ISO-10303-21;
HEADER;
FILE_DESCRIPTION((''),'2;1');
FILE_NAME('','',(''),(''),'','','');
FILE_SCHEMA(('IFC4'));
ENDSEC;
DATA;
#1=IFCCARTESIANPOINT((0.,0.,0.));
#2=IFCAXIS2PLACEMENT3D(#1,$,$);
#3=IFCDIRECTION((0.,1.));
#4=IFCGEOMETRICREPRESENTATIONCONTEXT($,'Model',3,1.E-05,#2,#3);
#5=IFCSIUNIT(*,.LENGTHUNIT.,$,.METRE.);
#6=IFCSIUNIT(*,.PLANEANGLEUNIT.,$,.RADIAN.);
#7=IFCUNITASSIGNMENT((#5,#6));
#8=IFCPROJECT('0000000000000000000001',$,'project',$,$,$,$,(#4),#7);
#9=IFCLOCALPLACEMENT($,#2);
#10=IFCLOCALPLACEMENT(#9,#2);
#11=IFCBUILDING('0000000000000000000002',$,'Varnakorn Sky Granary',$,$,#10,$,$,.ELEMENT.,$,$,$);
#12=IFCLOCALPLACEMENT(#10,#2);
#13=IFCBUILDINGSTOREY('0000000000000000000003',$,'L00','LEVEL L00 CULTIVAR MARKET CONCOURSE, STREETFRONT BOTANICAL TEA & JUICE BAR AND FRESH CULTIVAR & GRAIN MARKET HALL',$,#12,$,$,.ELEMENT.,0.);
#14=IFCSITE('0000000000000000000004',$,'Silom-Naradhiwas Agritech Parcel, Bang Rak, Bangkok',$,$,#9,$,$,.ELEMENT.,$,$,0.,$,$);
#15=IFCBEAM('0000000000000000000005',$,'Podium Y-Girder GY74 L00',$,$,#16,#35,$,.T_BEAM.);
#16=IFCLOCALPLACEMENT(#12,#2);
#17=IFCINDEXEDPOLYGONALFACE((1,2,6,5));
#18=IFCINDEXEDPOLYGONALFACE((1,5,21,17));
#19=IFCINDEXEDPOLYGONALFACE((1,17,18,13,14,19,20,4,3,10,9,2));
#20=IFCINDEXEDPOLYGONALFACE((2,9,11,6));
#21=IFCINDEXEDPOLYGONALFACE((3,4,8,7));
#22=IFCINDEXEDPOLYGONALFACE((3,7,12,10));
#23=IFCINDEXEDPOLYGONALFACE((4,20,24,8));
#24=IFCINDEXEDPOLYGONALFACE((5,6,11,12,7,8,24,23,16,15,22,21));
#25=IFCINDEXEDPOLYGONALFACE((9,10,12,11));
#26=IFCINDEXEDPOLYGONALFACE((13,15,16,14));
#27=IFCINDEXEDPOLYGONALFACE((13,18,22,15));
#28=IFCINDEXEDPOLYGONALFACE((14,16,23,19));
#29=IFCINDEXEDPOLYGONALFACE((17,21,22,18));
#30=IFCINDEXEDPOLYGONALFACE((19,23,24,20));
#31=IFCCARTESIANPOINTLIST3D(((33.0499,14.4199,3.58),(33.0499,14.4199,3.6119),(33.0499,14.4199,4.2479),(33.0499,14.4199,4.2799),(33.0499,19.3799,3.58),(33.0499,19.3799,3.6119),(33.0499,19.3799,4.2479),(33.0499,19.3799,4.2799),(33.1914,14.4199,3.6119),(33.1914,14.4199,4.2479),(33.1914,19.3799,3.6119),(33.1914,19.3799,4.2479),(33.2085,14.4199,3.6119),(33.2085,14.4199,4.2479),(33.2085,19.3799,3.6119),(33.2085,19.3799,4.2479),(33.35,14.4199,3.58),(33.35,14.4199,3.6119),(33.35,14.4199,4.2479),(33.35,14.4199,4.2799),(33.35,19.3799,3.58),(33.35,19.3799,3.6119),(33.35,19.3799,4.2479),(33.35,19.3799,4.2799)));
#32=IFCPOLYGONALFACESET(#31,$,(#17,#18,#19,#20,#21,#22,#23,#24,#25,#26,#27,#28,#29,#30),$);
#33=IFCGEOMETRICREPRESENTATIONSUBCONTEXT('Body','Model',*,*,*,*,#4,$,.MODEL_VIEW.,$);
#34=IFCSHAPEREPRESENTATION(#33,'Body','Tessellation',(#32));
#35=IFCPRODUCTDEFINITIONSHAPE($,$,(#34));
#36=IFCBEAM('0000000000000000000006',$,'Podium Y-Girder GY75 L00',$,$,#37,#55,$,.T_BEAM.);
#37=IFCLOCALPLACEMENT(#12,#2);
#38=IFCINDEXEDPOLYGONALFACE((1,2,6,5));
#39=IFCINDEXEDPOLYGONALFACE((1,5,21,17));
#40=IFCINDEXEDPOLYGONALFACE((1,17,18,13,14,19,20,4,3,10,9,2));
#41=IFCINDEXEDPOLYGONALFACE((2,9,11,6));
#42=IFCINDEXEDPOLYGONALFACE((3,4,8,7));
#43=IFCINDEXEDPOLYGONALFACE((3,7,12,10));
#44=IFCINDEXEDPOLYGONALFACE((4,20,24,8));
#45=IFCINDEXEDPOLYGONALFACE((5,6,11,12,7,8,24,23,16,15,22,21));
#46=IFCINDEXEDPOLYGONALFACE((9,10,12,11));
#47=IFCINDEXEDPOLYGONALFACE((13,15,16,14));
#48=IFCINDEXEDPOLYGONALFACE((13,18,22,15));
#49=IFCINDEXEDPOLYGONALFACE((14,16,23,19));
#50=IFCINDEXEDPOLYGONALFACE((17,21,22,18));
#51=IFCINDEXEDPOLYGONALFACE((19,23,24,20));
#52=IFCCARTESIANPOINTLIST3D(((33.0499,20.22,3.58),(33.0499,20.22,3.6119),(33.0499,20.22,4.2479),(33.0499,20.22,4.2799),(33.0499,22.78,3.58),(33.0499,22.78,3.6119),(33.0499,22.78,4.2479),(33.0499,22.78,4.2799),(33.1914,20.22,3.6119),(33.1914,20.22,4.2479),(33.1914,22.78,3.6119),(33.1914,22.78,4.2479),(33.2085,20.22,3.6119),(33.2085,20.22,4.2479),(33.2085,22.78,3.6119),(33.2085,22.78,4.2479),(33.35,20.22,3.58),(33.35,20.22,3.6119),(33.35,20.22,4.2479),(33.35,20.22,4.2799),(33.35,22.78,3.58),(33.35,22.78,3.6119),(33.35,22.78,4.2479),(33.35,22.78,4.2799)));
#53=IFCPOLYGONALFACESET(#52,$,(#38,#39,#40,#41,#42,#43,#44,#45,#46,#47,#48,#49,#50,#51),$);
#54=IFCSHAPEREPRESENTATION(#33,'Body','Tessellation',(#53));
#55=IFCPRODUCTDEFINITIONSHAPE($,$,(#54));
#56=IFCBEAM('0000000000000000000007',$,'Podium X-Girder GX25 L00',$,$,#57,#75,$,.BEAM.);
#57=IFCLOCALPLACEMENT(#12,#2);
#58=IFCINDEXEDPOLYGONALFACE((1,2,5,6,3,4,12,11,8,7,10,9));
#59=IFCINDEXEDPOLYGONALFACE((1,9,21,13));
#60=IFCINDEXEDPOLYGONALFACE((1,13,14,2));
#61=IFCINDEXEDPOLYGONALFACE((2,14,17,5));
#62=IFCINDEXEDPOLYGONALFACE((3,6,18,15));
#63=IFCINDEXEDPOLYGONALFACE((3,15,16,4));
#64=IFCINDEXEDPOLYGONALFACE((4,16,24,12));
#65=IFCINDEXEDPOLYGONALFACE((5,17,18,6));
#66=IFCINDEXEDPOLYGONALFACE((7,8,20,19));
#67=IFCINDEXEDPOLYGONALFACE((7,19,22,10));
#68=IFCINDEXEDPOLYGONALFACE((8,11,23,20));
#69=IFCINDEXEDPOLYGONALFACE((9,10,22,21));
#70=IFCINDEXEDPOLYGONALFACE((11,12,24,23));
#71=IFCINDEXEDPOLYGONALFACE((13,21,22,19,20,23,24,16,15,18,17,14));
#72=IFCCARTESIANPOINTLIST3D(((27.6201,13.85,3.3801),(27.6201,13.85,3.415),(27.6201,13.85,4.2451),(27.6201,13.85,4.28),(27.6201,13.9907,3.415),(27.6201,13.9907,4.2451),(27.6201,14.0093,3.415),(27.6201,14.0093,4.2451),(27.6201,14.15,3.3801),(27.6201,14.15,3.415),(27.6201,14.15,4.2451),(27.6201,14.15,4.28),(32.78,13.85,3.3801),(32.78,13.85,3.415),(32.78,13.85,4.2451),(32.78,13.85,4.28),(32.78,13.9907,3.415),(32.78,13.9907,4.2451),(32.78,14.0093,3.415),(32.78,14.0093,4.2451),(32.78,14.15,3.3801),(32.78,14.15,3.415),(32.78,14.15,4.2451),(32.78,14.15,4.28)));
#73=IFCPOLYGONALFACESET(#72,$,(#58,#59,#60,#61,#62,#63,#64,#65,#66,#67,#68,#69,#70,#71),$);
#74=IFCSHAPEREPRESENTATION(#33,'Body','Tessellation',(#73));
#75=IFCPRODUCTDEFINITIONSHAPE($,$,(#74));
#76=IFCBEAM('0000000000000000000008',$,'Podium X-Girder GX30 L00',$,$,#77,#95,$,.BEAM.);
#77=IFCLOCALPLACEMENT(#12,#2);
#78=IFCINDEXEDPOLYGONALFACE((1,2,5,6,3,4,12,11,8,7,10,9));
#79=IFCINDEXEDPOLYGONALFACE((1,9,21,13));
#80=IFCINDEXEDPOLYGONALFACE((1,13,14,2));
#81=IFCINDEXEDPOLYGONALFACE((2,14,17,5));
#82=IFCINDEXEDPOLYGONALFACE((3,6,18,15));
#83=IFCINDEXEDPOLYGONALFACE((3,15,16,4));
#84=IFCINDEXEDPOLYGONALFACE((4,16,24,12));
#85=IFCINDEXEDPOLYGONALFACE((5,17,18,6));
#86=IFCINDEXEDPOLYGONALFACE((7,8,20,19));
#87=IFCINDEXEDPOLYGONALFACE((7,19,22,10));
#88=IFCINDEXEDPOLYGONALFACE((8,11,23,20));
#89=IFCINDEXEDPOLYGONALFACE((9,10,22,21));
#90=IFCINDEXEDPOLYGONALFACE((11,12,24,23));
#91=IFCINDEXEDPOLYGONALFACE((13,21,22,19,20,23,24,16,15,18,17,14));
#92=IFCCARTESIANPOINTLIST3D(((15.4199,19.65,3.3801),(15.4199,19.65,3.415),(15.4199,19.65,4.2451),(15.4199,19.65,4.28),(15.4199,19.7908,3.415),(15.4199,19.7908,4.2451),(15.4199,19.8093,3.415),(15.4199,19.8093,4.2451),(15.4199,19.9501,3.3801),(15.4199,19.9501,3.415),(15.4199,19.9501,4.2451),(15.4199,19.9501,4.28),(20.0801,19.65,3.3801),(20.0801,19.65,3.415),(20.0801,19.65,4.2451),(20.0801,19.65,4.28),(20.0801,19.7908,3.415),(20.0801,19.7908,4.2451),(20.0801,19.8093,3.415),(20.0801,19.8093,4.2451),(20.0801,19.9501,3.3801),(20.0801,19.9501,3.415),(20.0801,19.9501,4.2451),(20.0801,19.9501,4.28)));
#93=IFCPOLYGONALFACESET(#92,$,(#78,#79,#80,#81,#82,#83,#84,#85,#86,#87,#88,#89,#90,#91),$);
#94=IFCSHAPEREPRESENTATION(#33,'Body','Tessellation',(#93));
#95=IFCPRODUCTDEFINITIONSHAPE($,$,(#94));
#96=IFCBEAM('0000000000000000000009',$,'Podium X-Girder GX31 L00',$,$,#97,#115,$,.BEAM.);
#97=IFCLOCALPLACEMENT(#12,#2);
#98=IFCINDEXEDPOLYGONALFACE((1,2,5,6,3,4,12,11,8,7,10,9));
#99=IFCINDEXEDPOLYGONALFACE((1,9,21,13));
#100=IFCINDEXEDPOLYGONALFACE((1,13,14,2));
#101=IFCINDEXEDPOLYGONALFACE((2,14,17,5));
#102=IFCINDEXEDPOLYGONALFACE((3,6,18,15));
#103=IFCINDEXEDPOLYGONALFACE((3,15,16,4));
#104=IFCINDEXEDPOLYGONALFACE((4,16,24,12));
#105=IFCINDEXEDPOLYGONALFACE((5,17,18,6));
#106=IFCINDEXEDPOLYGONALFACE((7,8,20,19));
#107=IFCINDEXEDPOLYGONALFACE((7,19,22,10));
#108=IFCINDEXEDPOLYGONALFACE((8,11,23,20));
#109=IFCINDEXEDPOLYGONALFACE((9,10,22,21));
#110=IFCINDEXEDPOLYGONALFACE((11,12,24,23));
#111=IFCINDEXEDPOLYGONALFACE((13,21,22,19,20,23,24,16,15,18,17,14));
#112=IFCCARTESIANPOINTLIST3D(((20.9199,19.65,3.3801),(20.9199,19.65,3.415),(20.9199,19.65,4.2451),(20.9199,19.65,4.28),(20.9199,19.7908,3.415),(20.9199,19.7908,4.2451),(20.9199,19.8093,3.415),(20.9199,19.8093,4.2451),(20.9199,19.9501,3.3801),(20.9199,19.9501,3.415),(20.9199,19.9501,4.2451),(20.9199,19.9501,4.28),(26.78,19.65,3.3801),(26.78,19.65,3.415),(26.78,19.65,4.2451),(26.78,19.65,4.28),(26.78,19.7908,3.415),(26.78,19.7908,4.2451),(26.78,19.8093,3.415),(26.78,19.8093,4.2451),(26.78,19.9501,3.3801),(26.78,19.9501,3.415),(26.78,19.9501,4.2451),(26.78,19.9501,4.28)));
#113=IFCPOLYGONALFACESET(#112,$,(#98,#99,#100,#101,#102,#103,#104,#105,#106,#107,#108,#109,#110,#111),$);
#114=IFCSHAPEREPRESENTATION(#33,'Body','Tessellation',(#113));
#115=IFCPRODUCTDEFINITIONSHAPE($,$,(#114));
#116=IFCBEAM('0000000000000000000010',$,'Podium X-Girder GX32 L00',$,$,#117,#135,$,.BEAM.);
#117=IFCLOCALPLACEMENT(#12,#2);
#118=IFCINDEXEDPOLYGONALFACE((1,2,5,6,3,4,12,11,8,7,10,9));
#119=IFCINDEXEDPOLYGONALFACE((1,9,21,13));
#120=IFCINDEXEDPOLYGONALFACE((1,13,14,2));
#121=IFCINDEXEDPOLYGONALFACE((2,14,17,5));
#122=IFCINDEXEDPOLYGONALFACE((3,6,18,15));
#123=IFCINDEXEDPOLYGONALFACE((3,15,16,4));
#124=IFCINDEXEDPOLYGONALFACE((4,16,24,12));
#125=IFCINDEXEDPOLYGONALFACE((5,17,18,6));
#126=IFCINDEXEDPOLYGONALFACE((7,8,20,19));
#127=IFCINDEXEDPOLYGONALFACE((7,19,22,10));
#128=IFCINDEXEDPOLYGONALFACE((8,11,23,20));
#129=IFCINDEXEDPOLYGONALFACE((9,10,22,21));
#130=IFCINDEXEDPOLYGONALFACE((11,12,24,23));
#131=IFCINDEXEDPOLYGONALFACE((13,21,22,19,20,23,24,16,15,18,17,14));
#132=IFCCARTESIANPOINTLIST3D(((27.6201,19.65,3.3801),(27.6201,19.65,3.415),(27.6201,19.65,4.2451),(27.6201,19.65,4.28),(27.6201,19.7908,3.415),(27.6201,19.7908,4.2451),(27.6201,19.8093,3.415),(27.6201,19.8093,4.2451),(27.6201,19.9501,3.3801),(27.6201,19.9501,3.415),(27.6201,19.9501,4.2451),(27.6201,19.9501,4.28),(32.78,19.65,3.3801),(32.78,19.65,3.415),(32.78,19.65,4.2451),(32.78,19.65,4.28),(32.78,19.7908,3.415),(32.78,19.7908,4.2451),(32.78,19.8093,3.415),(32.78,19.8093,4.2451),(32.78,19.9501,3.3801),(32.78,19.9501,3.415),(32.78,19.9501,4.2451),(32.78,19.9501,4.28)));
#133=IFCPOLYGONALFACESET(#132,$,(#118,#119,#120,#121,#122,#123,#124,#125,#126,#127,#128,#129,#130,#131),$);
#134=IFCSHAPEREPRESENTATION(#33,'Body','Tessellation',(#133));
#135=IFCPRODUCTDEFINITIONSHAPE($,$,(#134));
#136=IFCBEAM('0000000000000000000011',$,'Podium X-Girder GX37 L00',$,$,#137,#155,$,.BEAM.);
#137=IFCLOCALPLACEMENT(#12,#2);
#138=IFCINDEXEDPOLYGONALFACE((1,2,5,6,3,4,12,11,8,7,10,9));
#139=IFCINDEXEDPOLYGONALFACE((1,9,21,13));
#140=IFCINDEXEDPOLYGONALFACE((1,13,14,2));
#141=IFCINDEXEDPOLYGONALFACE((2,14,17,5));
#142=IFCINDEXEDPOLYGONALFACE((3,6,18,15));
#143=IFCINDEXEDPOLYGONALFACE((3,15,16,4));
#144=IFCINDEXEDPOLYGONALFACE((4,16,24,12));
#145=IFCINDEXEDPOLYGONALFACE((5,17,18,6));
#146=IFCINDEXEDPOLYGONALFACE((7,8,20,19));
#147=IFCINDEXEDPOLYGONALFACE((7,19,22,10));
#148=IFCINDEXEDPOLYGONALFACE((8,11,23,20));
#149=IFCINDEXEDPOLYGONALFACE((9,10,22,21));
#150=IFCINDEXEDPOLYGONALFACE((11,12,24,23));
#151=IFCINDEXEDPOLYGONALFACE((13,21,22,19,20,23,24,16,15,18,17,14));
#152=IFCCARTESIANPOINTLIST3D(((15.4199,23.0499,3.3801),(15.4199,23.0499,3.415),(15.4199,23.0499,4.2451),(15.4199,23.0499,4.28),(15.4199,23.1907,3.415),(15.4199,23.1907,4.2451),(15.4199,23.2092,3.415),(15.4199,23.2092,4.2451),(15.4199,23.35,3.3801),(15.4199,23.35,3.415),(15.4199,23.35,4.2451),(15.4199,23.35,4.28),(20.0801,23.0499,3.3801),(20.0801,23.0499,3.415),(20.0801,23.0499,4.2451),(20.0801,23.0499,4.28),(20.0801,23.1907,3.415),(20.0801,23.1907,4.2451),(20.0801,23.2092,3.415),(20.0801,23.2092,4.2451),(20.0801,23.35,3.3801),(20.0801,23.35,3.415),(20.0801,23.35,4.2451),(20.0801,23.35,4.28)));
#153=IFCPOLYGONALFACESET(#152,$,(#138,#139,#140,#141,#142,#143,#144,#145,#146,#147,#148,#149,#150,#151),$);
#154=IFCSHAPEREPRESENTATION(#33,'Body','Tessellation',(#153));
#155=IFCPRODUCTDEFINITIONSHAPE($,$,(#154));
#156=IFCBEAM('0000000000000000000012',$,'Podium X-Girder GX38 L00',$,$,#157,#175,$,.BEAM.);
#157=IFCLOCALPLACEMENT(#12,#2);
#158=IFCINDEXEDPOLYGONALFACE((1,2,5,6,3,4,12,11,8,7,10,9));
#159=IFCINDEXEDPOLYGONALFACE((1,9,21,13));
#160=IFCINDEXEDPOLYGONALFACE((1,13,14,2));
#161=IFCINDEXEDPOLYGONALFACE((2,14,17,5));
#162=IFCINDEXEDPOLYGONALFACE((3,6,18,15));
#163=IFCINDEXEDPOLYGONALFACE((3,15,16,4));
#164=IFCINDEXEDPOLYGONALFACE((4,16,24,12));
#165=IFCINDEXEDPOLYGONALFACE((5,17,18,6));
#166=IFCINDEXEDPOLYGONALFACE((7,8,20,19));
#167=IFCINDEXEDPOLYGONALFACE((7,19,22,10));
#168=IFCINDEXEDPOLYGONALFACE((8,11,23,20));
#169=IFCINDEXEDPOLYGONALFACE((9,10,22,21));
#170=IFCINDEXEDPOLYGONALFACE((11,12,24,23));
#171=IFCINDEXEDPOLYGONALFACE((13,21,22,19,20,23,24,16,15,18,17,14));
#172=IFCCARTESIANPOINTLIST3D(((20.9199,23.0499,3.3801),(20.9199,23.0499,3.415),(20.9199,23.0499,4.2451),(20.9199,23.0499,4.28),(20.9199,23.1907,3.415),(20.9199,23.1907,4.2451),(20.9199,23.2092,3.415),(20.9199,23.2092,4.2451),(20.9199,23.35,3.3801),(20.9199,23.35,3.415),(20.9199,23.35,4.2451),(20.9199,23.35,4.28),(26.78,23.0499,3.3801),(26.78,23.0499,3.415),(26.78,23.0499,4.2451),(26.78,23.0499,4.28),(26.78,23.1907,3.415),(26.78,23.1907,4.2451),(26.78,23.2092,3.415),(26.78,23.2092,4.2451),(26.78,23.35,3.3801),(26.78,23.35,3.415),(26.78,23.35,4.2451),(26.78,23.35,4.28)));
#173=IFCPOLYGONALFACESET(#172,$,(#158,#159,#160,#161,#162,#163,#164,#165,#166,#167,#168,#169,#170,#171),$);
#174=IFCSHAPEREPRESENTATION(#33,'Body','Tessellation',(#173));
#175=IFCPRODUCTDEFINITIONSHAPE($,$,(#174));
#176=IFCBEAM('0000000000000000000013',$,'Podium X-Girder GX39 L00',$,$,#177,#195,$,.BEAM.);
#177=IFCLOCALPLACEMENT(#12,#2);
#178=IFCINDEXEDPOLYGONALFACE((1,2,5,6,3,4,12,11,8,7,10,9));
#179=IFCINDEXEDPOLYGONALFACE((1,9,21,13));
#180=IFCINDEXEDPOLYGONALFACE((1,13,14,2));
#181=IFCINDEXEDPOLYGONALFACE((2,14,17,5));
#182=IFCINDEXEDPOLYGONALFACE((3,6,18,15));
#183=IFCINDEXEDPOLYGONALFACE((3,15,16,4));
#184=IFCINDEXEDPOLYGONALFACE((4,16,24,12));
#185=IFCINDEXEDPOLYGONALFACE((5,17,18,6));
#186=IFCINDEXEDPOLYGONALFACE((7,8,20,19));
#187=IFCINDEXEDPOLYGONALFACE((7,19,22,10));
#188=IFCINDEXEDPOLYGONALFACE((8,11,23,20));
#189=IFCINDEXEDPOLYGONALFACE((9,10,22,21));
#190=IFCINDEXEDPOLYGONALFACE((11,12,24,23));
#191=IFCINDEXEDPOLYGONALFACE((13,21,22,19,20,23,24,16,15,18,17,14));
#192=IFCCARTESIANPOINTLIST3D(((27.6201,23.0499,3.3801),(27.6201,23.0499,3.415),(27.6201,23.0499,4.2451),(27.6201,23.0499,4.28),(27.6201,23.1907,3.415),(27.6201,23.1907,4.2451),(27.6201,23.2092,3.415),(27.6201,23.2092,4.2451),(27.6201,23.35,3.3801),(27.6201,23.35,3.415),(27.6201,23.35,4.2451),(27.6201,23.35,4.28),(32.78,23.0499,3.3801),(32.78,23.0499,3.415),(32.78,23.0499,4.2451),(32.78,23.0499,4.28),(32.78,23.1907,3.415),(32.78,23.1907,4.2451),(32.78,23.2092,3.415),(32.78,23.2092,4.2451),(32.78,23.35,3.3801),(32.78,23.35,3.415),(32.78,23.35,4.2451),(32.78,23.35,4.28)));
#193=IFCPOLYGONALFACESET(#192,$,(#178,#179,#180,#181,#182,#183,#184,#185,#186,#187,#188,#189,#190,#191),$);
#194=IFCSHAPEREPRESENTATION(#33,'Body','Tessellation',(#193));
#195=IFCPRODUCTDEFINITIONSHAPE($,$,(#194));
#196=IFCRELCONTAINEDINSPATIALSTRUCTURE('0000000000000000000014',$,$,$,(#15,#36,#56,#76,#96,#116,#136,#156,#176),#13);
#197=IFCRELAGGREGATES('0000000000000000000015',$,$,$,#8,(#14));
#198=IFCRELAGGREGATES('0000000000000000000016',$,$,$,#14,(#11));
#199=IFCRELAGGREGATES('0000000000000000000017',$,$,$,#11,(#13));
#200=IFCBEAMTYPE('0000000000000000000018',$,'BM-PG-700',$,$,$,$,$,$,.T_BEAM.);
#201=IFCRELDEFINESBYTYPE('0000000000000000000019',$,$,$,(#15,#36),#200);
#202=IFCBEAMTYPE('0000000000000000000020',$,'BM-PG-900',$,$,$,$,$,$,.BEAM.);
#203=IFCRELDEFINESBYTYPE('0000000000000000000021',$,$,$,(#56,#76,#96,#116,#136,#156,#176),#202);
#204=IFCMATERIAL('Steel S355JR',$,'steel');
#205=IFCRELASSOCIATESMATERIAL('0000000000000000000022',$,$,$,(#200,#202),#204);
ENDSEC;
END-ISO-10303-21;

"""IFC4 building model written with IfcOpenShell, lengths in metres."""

from ifc_helpers import new_model, si_unit, direction, frame, origin, origin_2d, place, context, subcontext, project, spatial, i_section, extrude, material, material_profile, profile_set, type_object, element, save


model = new_model("IFC4")

# Units and contexts
model_context = context("Model", 3, precision=1e-05, world=origin(), true_north=direction((0.0, 1.0)))
body_context = subcontext(model_context, "Body", "Model", "MODEL_VIEW")
ifc_project = project(units=[si_unit("LENGTHUNIT", "METRE"), si_unit("PLANEANGLEUNIT", "RADIAN")], contexts=[model_context])

# Site, building, storey
site_placement = place(None, origin())
site = spatial("IfcSite", under=ifc_project, at=site_placement, Name="Silom-Naradhiwas Agritech Parcel, Bang Rak, Bangkok", CompositionType="ELEMENT", RefElevation=0.0)
building_placement = place(site_placement, origin())
building = spatial("IfcBuilding", under=site, at=building_placement, Name="Varnakorn Sky Granary", CompositionType="ELEMENT")
storey_placement = place(building_placement, origin())
storey = spatial("IfcBuildingStorey", under=building, at=storey_placement, Name="L00", Description="LEVEL L00 CULTIVAR MARKET CONCOURSE, STREETFRONT BOTANICAL TEA & JUICE BAR AND FRESH CULTIVAR & GRAIN MARKET HALL", CompositionType="ELEMENT", Elevation=0.0)

# Beams
ifc_material_1 = material(Name="Steel S355JR", Category="steel")
ifc_material_profile_1 = material_profile(ifc_material_1, i_section(OverallWidth=0.3, OverallDepth=0.7, WebThickness=0.0171, FlangeThickness=0.032, at=origin_2d()), Name="HE 700 B")
ifc_profile_set_1 = profile_set([ifc_material_profile_1], Name="Steel S355JR")
beam_type_1 = type_object("IfcBeamType", Name="BM-PG-700", PredefinedType="T_BEAM", material=ifc_profile_set_1)
beam_1_placement = place(storey_placement, frame((33.2, 14.4199, 3.9299), z_axis=(0.0, 1.0, 0.0), x_axis=(-1.0, 0.0, 0.0)))
element("IfcBeam", 1, at=beam_1_placement, inside=storey, type_object=beam_type_1, Name="Podium Y-Girder GY74 L00", PredefinedType="T_BEAM", context=body_context, shape_type="SweptSolid", body=[
    extrude(i_section(OverallWidth=0.3, OverallDepth=0.7, WebThickness=0.0171, FlangeThickness=0.032, at=origin_2d()), origin(), (0.0, 0.0, 1.0), 4.96),
])
beam_2_placement = place(storey_placement, frame((33.2, 20.22, 3.9299), z_axis=(0.0, 1.0, 0.0), x_axis=(-1.0, 0.0, 0.0)))
element("IfcBeam", 2, at=beam_2_placement, inside=storey, type_object=beam_type_1, Name="Podium Y-Girder GY75 L00", PredefinedType="T_BEAM", context=body_context, shape_type="SweptSolid", body=[
    extrude(i_section(OverallWidth=0.3, OverallDepth=0.7, WebThickness=0.0171, FlangeThickness=0.032, at=origin_2d()), origin(), (0.0, 0.0, 1.0), 2.5601),
])
ifc_material_profile_2 = material_profile(ifc_material_1, i_section(OverallWidth=0.3, OverallDepth=0.8999, WebThickness=0.0186, FlangeThickness=0.0349, at=origin_2d()), Name="HE 900 B")
ifc_profile_set_2 = profile_set([ifc_material_profile_2], Name="Steel S355JR")
beam_type_2 = type_object("IfcBeamType", Name="BM-PG-900", PredefinedType="BEAM", material=ifc_profile_set_2)
beam_3_placement = place(storey_placement, frame((27.6201, 14.0, 3.8301), z_axis=(1.0, 0.0, 0.0), x_axis=(0.0, 1.0, 0.0)))
element("IfcBeam", 3, at=beam_3_placement, inside=storey, type_object=beam_type_2, Name="Podium X-Girder GX25 L00", PredefinedType="BEAM", context=body_context, shape_type="SweptSolid", body=[
    extrude(i_section(OverallWidth=0.3, OverallDepth=0.8999, WebThickness=0.0186, FlangeThickness=0.0349, at=origin_2d()), origin(), (0.0, 0.0, 1.0), 5.1599),
])
beam_4_placement = place(storey_placement, frame((15.4199, 19.8, 3.8301), z_axis=(1.0, 0.0, 0.0), x_axis=(0.0, 1.0, 0.0)))
element("IfcBeam", 4, at=beam_4_placement, inside=storey, type_object=beam_type_2, Name="Podium X-Girder GX30 L00", PredefinedType="BEAM", context=body_context, shape_type="SweptSolid", body=[
    extrude(i_section(OverallWidth=0.3, OverallDepth=0.8999, WebThickness=0.0186, FlangeThickness=0.0349, at=origin_2d()), origin(), (0.0, 0.0, 1.0), 4.6602),
])
beam_5_placement = place(storey_placement, frame((20.9199, 19.8, 3.8301), z_axis=(1.0, 0.0, 0.0), x_axis=(0.0, 1.0, 0.0)))
element("IfcBeam", 5, at=beam_5_placement, inside=storey, type_object=beam_type_2, Name="Podium X-Girder GX31 L00", PredefinedType="BEAM", context=body_context, shape_type="SweptSolid", body=[
    extrude(i_section(OverallWidth=0.3, OverallDepth=0.8999, WebThickness=0.0186, FlangeThickness=0.0349, at=origin_2d()), origin(), (0.0, 0.0, 1.0), 5.8601),
])
beam_6_placement = place(storey_placement, frame((27.6201, 19.8, 3.8301), z_axis=(1.0, 0.0, 0.0), x_axis=(0.0, 1.0, 0.0)))
element("IfcBeam", 6, at=beam_6_placement, inside=storey, type_object=beam_type_2, Name="Podium X-Girder GX32 L00", PredefinedType="BEAM", context=body_context, shape_type="SweptSolid", body=[
    extrude(i_section(OverallWidth=0.3, OverallDepth=0.8999, WebThickness=0.0186, FlangeThickness=0.0349, at=origin_2d()), origin(), (0.0, 0.0, 1.0), 5.1599),
])
beam_7_placement = place(storey_placement, frame((15.4199, 23.2, 3.8301), z_axis=(1.0, 0.0, 0.0), x_axis=(0.0, 1.0, 0.0)))
element("IfcBeam", 7, at=beam_7_placement, inside=storey, type_object=beam_type_2, Name="Podium X-Girder GX37 L00", PredefinedType="BEAM", context=body_context, shape_type="SweptSolid", body=[
    extrude(i_section(OverallWidth=0.3, OverallDepth=0.8999, WebThickness=0.0186, FlangeThickness=0.0349, at=origin_2d()), origin(), (0.0, 0.0, 1.0), 4.6602),
])
beam_8_placement = place(storey_placement, frame((20.9199, 23.2, 3.8301), z_axis=(1.0, 0.0, 0.0), x_axis=(0.0, 1.0, 0.0)))
element("IfcBeam", 8, at=beam_8_placement, inside=storey, type_object=beam_type_2, Name="Podium X-Girder GX38 L00", PredefinedType="BEAM", context=body_context, shape_type="SweptSolid", body=[
    extrude(i_section(OverallWidth=0.3, OverallDepth=0.8999, WebThickness=0.0186, FlangeThickness=0.0349, at=origin_2d()), origin(), (0.0, 0.0, 1.0), 5.8601),
])
beam_9_placement = place(storey_placement, frame((27.6201, 23.2, 3.8301), z_axis=(1.0, 0.0, 0.0), x_axis=(0.0, 1.0, 0.0)))
element("IfcBeam", 9, at=beam_9_placement, inside=storey, type_object=beam_type_2, Name="Podium X-Girder GX39 L00", PredefinedType="BEAM", context=body_context, shape_type="SweptSolid", body=[
    extrude(i_section(OverallWidth=0.3, OverallDepth=0.8999, WebThickness=0.0186, FlangeThickness=0.0349, at=origin_2d()), origin(), (0.0, 0.0, 1.0), 5.1599),
])

save(model, "model.ifc")
